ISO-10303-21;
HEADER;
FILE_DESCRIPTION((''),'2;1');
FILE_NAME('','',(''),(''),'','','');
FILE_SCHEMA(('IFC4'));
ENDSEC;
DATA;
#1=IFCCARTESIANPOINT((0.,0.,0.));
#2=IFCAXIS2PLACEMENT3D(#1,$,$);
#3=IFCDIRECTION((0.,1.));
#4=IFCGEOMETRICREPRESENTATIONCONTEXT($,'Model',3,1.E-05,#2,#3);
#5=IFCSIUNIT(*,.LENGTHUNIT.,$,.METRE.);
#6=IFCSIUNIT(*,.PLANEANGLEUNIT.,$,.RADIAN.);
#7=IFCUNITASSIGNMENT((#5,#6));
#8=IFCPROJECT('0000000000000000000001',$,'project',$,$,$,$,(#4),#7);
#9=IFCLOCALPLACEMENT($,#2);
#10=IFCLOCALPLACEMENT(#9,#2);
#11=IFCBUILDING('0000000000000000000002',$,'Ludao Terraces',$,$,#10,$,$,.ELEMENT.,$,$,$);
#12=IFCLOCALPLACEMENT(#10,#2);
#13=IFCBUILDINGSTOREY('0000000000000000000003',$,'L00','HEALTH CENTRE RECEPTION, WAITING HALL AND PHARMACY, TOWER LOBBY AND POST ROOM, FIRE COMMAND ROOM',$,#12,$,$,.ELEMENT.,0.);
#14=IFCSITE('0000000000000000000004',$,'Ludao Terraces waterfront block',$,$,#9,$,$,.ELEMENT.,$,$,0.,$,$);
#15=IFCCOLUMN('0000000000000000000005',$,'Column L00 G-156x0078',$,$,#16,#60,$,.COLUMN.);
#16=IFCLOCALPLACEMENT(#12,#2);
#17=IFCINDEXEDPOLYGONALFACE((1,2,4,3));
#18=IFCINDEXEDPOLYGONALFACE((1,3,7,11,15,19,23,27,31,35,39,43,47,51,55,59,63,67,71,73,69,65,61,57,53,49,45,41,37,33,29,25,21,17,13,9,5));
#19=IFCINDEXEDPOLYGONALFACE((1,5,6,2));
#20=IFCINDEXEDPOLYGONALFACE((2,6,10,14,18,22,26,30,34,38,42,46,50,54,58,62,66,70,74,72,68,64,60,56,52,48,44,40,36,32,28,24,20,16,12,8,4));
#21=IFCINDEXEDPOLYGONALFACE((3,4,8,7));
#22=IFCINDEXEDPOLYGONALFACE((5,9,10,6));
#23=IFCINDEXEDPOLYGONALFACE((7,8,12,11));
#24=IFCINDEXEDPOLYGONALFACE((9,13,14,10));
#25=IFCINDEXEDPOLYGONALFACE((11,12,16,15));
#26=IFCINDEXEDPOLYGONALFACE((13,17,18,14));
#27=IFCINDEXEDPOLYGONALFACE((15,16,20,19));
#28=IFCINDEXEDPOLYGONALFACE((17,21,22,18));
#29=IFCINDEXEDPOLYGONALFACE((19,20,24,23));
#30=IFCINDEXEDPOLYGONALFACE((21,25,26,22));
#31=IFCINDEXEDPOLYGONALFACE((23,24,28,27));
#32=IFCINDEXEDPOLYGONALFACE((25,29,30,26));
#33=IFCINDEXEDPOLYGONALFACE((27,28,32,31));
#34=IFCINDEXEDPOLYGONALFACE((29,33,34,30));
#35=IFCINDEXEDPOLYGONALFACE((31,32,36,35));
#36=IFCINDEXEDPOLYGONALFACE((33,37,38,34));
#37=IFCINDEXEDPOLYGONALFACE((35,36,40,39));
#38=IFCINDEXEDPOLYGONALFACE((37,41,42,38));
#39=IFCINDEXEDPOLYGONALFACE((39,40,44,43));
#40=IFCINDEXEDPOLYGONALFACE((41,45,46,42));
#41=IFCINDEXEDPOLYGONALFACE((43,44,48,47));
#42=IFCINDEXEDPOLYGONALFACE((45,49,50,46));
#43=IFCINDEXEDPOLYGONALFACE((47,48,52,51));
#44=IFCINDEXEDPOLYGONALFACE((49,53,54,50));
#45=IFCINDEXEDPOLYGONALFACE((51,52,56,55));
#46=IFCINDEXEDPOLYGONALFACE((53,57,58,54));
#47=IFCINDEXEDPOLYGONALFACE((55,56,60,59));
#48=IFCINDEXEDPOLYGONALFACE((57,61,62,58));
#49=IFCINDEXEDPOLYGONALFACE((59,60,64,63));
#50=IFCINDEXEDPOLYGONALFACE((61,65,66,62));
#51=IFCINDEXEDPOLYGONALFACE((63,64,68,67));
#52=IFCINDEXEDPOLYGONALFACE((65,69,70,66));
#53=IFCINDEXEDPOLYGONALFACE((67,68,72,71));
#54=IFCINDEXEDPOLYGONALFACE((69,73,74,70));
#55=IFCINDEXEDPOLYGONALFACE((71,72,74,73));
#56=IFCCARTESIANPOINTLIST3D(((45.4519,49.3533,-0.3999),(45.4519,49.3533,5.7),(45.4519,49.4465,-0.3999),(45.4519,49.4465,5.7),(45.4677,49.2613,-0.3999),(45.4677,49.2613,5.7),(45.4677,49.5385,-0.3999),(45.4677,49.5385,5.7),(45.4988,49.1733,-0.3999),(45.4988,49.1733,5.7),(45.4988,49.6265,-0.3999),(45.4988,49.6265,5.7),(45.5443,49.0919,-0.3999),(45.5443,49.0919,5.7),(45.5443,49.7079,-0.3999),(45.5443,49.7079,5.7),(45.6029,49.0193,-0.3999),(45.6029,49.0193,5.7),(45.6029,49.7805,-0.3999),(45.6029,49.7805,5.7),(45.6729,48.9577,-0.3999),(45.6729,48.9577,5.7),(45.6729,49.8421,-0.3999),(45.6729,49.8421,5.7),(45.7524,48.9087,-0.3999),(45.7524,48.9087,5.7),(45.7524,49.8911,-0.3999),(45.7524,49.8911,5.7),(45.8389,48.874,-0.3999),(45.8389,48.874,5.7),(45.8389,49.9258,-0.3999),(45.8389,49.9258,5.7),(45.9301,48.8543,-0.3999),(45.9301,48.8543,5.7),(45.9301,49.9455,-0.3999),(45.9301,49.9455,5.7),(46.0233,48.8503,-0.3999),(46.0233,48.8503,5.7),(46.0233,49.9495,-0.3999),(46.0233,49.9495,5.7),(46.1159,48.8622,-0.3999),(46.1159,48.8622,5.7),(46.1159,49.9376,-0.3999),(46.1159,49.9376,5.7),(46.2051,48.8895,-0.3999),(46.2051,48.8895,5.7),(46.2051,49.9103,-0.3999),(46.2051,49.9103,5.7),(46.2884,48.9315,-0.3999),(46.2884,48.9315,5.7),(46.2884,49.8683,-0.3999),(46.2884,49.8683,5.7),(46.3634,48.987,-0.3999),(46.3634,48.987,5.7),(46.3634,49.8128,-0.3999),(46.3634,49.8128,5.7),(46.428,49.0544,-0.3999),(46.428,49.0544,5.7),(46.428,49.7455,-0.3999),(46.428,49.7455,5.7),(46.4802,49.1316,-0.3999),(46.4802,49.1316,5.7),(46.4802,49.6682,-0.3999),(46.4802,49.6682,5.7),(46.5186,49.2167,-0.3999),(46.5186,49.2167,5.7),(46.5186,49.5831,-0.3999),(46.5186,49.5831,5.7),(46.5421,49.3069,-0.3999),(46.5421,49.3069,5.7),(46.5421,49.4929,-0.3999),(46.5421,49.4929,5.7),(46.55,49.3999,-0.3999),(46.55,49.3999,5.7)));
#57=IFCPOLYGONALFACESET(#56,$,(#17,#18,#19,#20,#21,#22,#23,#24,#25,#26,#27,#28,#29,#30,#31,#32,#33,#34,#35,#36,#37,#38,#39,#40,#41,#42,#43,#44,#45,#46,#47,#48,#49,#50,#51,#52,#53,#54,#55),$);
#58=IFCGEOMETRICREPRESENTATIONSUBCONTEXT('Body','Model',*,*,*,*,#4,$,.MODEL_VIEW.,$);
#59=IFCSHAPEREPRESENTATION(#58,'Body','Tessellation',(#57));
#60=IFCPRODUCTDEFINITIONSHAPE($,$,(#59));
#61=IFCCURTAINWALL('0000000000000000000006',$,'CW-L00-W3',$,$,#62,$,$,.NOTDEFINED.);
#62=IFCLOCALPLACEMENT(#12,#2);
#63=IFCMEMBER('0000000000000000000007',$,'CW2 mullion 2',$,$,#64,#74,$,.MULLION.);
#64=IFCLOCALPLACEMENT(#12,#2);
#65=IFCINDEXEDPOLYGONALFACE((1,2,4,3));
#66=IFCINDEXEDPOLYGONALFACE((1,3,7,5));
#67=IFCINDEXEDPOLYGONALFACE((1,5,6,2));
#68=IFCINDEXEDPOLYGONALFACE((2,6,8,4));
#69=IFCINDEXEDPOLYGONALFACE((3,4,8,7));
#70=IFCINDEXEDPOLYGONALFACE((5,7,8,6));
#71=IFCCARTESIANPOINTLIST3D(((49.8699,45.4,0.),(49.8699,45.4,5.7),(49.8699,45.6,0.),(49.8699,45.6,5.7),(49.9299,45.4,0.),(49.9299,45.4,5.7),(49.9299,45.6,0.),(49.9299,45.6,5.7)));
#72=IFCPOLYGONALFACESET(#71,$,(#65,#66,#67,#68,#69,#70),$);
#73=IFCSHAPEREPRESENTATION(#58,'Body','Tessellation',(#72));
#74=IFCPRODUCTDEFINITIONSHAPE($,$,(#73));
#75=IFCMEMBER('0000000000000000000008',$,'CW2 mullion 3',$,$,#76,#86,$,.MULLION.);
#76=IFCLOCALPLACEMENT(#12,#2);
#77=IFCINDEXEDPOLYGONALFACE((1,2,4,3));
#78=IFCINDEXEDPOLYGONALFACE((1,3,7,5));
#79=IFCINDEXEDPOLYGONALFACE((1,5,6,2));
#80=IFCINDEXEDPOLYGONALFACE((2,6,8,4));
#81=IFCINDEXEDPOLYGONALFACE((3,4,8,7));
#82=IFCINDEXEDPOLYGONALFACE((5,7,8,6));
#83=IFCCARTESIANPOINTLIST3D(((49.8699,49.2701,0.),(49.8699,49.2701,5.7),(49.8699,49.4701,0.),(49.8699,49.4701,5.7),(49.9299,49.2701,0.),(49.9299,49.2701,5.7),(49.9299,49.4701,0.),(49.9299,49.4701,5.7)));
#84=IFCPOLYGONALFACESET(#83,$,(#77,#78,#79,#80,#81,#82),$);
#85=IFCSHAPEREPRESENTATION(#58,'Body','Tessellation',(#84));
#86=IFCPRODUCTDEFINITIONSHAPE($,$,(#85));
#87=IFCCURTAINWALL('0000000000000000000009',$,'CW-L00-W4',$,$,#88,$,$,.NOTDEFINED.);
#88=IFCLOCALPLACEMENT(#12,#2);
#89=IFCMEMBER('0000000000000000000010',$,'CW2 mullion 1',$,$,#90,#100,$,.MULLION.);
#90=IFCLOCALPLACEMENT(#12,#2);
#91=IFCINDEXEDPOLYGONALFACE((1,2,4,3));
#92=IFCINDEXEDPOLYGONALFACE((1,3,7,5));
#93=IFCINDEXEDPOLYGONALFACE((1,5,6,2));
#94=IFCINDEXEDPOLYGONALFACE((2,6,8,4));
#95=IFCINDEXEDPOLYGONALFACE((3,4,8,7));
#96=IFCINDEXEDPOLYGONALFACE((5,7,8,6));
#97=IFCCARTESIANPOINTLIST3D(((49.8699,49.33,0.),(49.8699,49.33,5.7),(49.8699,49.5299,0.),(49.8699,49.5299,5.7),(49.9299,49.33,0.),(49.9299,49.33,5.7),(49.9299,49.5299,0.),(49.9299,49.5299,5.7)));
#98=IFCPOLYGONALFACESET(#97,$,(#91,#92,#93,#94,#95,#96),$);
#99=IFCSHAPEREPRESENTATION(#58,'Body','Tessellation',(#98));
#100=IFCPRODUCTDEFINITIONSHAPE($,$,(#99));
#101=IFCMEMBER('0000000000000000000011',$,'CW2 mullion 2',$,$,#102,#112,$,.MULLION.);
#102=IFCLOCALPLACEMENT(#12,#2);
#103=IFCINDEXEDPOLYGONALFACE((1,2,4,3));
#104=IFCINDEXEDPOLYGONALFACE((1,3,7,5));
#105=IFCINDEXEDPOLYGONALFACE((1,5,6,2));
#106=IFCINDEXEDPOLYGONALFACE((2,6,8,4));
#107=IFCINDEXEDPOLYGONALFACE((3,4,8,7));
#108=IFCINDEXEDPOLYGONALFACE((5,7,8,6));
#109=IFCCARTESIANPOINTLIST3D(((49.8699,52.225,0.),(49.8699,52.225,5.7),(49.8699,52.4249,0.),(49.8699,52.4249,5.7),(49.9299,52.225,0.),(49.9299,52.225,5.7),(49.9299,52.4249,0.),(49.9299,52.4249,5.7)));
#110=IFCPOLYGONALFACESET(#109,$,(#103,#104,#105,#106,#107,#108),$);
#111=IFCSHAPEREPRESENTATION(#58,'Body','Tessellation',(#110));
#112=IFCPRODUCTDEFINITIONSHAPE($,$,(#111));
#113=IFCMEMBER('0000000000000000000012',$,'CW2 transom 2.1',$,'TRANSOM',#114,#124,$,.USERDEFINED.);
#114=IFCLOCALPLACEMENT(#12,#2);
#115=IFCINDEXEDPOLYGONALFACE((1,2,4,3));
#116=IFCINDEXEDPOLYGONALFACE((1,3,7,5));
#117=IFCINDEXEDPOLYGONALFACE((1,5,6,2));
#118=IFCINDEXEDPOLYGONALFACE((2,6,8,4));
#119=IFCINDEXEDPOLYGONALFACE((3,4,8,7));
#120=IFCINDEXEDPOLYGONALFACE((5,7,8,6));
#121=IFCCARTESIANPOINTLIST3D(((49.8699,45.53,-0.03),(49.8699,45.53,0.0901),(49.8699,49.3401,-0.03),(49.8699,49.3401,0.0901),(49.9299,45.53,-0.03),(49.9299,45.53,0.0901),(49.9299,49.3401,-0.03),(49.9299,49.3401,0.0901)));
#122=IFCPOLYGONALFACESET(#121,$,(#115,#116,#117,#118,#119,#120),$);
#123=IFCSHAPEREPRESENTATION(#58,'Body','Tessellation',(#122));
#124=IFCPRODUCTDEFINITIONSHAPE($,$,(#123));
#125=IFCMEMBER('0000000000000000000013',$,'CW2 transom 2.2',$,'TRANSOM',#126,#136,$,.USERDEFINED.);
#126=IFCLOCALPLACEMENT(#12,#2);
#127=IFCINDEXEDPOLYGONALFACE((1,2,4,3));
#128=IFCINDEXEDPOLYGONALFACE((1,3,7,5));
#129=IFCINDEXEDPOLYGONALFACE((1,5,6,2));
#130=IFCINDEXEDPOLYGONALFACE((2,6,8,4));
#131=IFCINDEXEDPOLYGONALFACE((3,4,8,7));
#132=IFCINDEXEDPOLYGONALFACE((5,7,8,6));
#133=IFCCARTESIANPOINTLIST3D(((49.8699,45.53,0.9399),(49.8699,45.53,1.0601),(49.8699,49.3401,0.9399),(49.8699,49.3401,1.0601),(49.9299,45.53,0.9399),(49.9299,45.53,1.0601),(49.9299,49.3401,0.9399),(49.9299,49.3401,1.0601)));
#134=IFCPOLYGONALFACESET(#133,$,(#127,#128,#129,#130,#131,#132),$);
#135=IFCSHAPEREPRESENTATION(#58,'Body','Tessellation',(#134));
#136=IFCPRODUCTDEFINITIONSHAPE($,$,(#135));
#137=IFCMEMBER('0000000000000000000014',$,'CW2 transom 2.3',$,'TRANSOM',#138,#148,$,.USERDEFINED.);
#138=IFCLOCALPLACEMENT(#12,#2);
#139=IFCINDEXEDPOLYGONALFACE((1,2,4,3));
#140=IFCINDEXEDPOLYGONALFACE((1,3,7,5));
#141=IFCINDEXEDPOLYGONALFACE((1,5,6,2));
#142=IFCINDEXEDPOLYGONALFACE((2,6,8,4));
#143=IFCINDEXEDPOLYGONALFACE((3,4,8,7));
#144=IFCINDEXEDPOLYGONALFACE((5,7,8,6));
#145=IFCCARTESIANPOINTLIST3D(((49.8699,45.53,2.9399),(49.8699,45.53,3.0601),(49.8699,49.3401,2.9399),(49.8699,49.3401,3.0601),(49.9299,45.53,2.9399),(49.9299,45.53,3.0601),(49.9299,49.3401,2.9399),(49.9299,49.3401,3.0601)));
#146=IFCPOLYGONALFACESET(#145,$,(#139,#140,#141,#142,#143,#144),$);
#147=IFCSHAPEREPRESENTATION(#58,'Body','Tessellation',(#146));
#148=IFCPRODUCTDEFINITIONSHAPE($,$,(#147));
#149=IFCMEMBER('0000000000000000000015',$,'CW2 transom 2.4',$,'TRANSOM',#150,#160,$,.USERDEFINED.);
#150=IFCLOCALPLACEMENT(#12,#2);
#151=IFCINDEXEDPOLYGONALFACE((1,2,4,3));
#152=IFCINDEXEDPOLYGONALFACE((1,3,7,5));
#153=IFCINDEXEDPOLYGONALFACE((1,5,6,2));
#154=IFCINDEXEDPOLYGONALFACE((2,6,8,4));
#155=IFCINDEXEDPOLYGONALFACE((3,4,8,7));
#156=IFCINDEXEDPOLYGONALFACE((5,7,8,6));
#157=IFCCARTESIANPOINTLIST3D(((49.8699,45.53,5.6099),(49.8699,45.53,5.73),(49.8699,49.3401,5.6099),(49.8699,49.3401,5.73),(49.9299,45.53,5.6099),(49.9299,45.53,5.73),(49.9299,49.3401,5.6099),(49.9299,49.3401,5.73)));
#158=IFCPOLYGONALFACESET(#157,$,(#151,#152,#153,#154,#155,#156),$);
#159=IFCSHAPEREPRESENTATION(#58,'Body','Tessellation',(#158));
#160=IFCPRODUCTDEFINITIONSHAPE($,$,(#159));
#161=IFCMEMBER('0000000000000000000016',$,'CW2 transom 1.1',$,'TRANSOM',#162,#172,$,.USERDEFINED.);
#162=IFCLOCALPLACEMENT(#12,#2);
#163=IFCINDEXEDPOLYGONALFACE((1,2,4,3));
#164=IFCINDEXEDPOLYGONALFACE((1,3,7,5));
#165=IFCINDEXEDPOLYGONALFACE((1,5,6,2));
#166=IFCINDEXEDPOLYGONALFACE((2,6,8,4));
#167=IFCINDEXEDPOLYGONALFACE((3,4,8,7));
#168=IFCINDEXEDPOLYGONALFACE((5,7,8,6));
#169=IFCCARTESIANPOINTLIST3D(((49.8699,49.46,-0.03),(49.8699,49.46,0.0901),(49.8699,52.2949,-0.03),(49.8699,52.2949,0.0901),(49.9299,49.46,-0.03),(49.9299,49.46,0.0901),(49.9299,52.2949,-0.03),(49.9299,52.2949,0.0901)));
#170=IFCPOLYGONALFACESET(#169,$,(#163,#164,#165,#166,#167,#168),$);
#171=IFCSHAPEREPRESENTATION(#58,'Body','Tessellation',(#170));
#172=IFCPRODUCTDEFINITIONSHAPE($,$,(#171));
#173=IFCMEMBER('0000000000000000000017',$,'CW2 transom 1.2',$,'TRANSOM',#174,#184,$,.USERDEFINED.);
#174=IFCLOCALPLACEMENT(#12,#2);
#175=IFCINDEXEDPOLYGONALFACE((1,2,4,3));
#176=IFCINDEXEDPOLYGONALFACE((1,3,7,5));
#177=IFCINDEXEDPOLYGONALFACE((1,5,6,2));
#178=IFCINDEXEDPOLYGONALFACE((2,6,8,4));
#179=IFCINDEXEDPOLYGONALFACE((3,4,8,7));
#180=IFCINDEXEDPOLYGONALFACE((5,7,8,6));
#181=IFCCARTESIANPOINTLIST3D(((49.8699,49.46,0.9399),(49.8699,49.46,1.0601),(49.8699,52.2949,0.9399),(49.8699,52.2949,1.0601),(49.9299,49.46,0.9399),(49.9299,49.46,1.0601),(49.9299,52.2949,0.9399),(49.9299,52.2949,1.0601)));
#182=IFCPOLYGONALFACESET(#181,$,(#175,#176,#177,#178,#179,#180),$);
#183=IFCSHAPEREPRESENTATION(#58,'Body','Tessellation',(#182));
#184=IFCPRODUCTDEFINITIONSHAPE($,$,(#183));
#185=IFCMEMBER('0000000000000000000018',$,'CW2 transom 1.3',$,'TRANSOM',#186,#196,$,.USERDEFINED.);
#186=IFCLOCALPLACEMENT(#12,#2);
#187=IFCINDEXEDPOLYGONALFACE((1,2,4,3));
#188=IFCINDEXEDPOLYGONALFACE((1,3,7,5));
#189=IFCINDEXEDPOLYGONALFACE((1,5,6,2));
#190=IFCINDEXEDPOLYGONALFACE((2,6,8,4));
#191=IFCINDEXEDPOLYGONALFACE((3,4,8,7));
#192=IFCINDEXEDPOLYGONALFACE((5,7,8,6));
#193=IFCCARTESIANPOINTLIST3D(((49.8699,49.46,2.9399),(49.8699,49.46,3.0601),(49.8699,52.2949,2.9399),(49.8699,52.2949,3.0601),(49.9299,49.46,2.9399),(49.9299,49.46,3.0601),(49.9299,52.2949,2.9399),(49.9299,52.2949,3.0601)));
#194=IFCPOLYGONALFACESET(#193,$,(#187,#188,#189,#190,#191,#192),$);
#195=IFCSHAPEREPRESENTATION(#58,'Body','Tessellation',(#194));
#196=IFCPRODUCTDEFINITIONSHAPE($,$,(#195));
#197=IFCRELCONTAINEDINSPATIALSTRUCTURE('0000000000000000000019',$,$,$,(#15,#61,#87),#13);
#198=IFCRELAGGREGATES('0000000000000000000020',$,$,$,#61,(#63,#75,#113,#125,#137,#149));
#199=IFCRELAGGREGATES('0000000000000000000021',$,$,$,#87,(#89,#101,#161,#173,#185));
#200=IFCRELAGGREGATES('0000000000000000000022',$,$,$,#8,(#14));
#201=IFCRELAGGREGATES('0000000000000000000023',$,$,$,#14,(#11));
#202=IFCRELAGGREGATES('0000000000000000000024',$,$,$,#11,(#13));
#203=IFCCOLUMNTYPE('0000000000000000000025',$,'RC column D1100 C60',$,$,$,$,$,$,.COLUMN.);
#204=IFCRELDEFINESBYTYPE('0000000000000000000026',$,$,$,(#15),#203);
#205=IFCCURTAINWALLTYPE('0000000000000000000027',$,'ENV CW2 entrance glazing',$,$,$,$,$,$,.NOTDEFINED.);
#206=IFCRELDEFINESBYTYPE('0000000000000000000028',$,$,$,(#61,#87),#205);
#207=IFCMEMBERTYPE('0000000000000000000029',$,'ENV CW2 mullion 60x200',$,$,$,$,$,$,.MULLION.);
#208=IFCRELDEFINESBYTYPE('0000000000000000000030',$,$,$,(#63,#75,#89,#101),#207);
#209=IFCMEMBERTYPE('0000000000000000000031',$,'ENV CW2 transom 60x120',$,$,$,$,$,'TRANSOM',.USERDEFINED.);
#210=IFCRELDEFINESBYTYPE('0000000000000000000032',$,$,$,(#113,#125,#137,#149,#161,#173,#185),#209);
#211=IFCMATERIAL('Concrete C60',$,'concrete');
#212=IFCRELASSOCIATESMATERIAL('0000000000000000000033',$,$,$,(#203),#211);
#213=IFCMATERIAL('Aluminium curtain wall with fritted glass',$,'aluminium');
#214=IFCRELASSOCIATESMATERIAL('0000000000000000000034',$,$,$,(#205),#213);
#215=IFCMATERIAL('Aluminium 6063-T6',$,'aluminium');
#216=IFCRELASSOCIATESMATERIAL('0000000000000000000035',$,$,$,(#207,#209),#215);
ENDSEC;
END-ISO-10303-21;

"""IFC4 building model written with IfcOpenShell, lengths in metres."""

from ifc_helpers import new_model, si_unit, direction, frame, origin, origin_2d, place, context, subcontext, project, spatial, rectangle, circle, extrude, material, material_profile, profile_set, type_object, element, aggregate, save


model = new_model("IFC4")

# Units and contexts
model_context = context("Model", 3, precision=1e-05, world=origin(), true_north=direction((0.0, 1.0)))
body_context = subcontext(model_context, "Body", "Model", "MODEL_VIEW")
ifc_project = project(units=[si_unit("LENGTHUNIT", "METRE"), si_unit("PLANEANGLEUNIT", "RADIAN")], contexts=[model_context])

# Site, building, storey
site_placement = place(None, origin())
site = spatial("IfcSite", under=ifc_project, at=site_placement, Name="Ludao Terraces waterfront block", CompositionType="ELEMENT", RefElevation=0.0)
building_placement = place(site_placement, origin())
building = spatial("IfcBuilding", under=site, at=building_placement, Name="Ludao Terraces", CompositionType="ELEMENT")
storey_placement = place(building_placement, origin())
storey = spatial("IfcBuildingStorey", under=building, at=storey_placement, Name="L00", Description="HEALTH CENTRE RECEPTION, WAITING HALL AND PHARMACY, TOWER LOBBY AND POST ROOM, FIRE COMMAND ROOM", CompositionType="ELEMENT", Elevation=0.0)

# Column
ifc_material_1 = material(Name="Concrete C60", Category="concrete")
ifc_material_profile_1 = material_profile(ifc_material_1, circle(Radius=0.55, at=origin_2d()), Name="D1100")
ifc_profile_set_1 = profile_set([ifc_material_profile_1], Name="Concrete C60")
column_type = type_object("IfcColumnType", Name="RC column D1100 C60", PredefinedType="COLUMN", material=ifc_profile_set_1)
column_placement = place(storey_placement, frame((46.0, 49.3999, -0.3999), z_axis=(0.0, 0.0, 1.0), x_axis=(1.0, 0.0, 0.0)))
element("IfcColumn", 1, at=column_placement, inside=storey, type_object=column_type, Name="Column L00 G-156x0078", PredefinedType="COLUMN", context=body_context, shape_type="SweptSolid", body=[
    extrude(circle(Radius=0.55, at=origin_2d()), origin(), (0.0, 0.0, 1.0), 6.0999),
])

# Curtain walls, members
ifc_material_2 = material(Name="Aluminium curtain wall with fritted glass", Category="aluminium")
curtain_wall_type = type_object("IfcCurtainWallType", Name="ENV CW2 entrance glazing", PredefinedType="NOTDEFINED", material=ifc_material_2)
curtain_wall_1_placement = place(storey_placement, origin())
curtain_wall_1 = element("IfcCurtainWall", 2, at=curtain_wall_1_placement, inside=storey, type_object=curtain_wall_type, Name="CW-L00-W3", PredefinedType="NOTDEFINED")
ifc_material_3 = material(Name="Aluminium 6063-T6", Category="aluminium")
ifc_material_profile_2 = material_profile(ifc_material_3, rectangle(XDim=0.0601, YDim=0.2, at=origin_2d()), Name="60 X 200")
ifc_profile_set_2 = profile_set([ifc_material_profile_2], Name="Aluminium 6063-T6")
member_type_1 = type_object("IfcMemberType", Name="ENV CW2 mullion 60x200", PredefinedType="MULLION", material=ifc_profile_set_2)
member_1_placement = place(storey_placement, frame((49.8999, 45.5, 0.0), z_axis=(0.0, 0.0, 1.0), x_axis=(-1.0, 0.0, 0.0)))
member_1 = element("IfcMember", 3, at=member_1_placement, type_object=member_type_1, Name="CW2 mullion 2", PredefinedType="MULLION", context=body_context, shape_type="SweptSolid", body=[
    extrude(rectangle(XDim=0.0601, YDim=0.2, at=origin_2d()), origin(), (0.0, 0.0, 1.0), 5.7),
])
member_2_placement = place(storey_placement, frame((49.8999, 49.3701, 0.0), z_axis=(0.0, 0.0, 1.0), x_axis=(-1.0, 0.0, 0.0)))
member_2 = element("IfcMember", 4, at=member_2_placement, type_object=member_type_1, Name="CW2 mullion 3", PredefinedType="MULLION", context=body_context, shape_type="SweptSolid", body=[
    extrude(rectangle(XDim=0.0601, YDim=0.2, at=origin_2d()), origin(), (0.0, 0.0, 1.0), 5.7),
])
curtain_wall_2_placement = place(storey_placement, origin())
curtain_wall_2 = element("IfcCurtainWall", 5, at=curtain_wall_2_placement, inside=storey, type_object=curtain_wall_type, Name="CW-L00-W4", PredefinedType="NOTDEFINED")
member_3_placement = place(storey_placement, frame((49.8999, 49.4299, 0.0), z_axis=(0.0, 0.0, 1.0), x_axis=(-1.0, 0.0, 0.0)))
member_3 = element("IfcMember", 6, at=member_3_placement, type_object=member_type_1, Name="CW2 mullion 1", PredefinedType="MULLION", context=body_context, shape_type="SweptSolid", body=[
    extrude(rectangle(XDim=0.0601, YDim=0.2, at=origin_2d()), origin(), (0.0, 0.0, 1.0), 5.7),
])
member_4_placement = place(storey_placement, frame((49.8999, 52.325, 0.0), z_axis=(0.0, 0.0, 1.0), x_axis=(-1.0, 0.0, 0.0)))
member_4 = element("IfcMember", 7, at=member_4_placement, type_object=member_type_1, Name="CW2 mullion 2", PredefinedType="MULLION", context=body_context, shape_type="SweptSolid", body=[
    extrude(rectangle(XDim=0.0601, YDim=0.2, at=origin_2d()), origin(), (0.0, 0.0, 1.0), 5.7),
])

# Members
ifc_material_profile_3 = material_profile(ifc_material_3, rectangle(XDim=0.0601, YDim=0.1201, at=origin_2d()), Name="60 X 120")
ifc_profile_set_3 = profile_set([ifc_material_profile_3], Name="Aluminium 6063-T6")
member_type_2 = type_object("IfcMemberType", Name="ENV CW2 transom 60x120", ElementType="TRANSOM", PredefinedType="USERDEFINED", material=ifc_profile_set_3)
member_5_placement = place(storey_placement, frame((49.8999, 45.53, 0.03), z_axis=(0.0, 1.0, 0.0), x_axis=(-1.0, 0.0, 0.0)))
member_5 = element("IfcMember", 8, at=member_5_placement, type_object=member_type_2, Name="CW2 transom 2.1", ObjectType="TRANSOM", PredefinedType="USERDEFINED", context=body_context, shape_type="SweptSolid", body=[
    extrude(rectangle(XDim=0.0601, YDim=0.1201, at=origin_2d()), origin(), (0.0, 0.0, 1.0), 3.8101),
])
member_6_placement = place(storey_placement, frame((49.8999, 45.53, 1.0), z_axis=(0.0, 1.0, 0.0), x_axis=(-1.0, 0.0, 0.0)))
member_6 = element("IfcMember", 9, at=member_6_placement, type_object=member_type_2, Name="CW2 transom 2.2", ObjectType="TRANSOM", PredefinedType="USERDEFINED", context=body_context, shape_type="SweptSolid", body=[
    extrude(rectangle(XDim=0.0601, YDim=0.1201, at=origin_2d()), origin(), (0.0, 0.0, 1.0), 3.8101),
])
member_7_placement = place(storey_placement, frame((49.8999, 45.53, 3.0), z_axis=(0.0, 1.0, 0.0), x_axis=(-1.0, 0.0, 0.0)))
member_7 = element("IfcMember", 10, at=member_7_placement, type_object=member_type_2, Name="CW2 transom 2.3", ObjectType="TRANSOM", PredefinedType="USERDEFINED", context=body_context, shape_type="SweptSolid", body=[
    extrude(rectangle(XDim=0.0601, YDim=0.1201, at=origin_2d()), origin(), (0.0, 0.0, 1.0), 3.8101),
])
member_8_placement = place(storey_placement, frame((49.8999, 45.53, 5.6699), z_axis=(0.0, 1.0, 0.0), x_axis=(-1.0, 0.0, 0.0)))
member_8 = element("IfcMember", 11, at=member_8_placement, type_object=member_type_2, Name="CW2 transom 2.4", ObjectType="TRANSOM", PredefinedType="USERDEFINED", context=body_context, shape_type="SweptSolid", body=[
    extrude(rectangle(XDim=0.0601, YDim=0.1201, at=origin_2d()), origin(), (0.0, 0.0, 1.0), 3.8101),
])
member_9_placement = place(storey_placement, frame((49.8999, 49.46, 0.03), z_axis=(0.0, 1.0, 0.0), x_axis=(-1.0, 0.0, 0.0)))
member_9 = element("IfcMember", 12, at=member_9_placement, type_object=member_type_2, Name="CW2 transom 1.1", ObjectType="TRANSOM", PredefinedType="USERDEFINED", context=body_context, shape_type="SweptSolid", body=[
    extrude(rectangle(XDim=0.0601, YDim=0.1201, at=origin_2d()), origin(), (0.0, 0.0, 1.0), 2.835),
])
member_10_placement = place(storey_placement, frame((49.8999, 49.46, 1.0), z_axis=(0.0, 1.0, 0.0), x_axis=(-1.0, 0.0, 0.0)))
member_10 = element("IfcMember", 13, at=member_10_placement, type_object=member_type_2, Name="CW2 transom 1.2", ObjectType="TRANSOM", PredefinedType="USERDEFINED", context=body_context, shape_type="SweptSolid", body=[
    extrude(rectangle(XDim=0.0601, YDim=0.1201, at=origin_2d()), origin(), (0.0, 0.0, 1.0), 2.835),
])
member_11_placement = place(storey_placement, frame((49.8999, 49.46, 3.0), z_axis=(0.0, 1.0, 0.0), x_axis=(-1.0, 0.0, 0.0)))
member_11 = element("IfcMember", 14, at=member_11_placement, type_object=member_type_2, Name="CW2 transom 1.3", ObjectType="TRANSOM", PredefinedType="USERDEFINED", context=body_context, shape_type="SweptSolid", body=[
    extrude(rectangle(XDim=0.0601, YDim=0.1201, at=origin_2d()), origin(), (0.0, 0.0, 1.0), 2.835),
])

aggregate(curtain_wall_1, [member_1, member_2, member_5, member_6, member_7, member_8])
aggregate(curtain_wall_2, [member_3, member_4, member_9, member_10, member_11])

save(model, "model.ifc")
